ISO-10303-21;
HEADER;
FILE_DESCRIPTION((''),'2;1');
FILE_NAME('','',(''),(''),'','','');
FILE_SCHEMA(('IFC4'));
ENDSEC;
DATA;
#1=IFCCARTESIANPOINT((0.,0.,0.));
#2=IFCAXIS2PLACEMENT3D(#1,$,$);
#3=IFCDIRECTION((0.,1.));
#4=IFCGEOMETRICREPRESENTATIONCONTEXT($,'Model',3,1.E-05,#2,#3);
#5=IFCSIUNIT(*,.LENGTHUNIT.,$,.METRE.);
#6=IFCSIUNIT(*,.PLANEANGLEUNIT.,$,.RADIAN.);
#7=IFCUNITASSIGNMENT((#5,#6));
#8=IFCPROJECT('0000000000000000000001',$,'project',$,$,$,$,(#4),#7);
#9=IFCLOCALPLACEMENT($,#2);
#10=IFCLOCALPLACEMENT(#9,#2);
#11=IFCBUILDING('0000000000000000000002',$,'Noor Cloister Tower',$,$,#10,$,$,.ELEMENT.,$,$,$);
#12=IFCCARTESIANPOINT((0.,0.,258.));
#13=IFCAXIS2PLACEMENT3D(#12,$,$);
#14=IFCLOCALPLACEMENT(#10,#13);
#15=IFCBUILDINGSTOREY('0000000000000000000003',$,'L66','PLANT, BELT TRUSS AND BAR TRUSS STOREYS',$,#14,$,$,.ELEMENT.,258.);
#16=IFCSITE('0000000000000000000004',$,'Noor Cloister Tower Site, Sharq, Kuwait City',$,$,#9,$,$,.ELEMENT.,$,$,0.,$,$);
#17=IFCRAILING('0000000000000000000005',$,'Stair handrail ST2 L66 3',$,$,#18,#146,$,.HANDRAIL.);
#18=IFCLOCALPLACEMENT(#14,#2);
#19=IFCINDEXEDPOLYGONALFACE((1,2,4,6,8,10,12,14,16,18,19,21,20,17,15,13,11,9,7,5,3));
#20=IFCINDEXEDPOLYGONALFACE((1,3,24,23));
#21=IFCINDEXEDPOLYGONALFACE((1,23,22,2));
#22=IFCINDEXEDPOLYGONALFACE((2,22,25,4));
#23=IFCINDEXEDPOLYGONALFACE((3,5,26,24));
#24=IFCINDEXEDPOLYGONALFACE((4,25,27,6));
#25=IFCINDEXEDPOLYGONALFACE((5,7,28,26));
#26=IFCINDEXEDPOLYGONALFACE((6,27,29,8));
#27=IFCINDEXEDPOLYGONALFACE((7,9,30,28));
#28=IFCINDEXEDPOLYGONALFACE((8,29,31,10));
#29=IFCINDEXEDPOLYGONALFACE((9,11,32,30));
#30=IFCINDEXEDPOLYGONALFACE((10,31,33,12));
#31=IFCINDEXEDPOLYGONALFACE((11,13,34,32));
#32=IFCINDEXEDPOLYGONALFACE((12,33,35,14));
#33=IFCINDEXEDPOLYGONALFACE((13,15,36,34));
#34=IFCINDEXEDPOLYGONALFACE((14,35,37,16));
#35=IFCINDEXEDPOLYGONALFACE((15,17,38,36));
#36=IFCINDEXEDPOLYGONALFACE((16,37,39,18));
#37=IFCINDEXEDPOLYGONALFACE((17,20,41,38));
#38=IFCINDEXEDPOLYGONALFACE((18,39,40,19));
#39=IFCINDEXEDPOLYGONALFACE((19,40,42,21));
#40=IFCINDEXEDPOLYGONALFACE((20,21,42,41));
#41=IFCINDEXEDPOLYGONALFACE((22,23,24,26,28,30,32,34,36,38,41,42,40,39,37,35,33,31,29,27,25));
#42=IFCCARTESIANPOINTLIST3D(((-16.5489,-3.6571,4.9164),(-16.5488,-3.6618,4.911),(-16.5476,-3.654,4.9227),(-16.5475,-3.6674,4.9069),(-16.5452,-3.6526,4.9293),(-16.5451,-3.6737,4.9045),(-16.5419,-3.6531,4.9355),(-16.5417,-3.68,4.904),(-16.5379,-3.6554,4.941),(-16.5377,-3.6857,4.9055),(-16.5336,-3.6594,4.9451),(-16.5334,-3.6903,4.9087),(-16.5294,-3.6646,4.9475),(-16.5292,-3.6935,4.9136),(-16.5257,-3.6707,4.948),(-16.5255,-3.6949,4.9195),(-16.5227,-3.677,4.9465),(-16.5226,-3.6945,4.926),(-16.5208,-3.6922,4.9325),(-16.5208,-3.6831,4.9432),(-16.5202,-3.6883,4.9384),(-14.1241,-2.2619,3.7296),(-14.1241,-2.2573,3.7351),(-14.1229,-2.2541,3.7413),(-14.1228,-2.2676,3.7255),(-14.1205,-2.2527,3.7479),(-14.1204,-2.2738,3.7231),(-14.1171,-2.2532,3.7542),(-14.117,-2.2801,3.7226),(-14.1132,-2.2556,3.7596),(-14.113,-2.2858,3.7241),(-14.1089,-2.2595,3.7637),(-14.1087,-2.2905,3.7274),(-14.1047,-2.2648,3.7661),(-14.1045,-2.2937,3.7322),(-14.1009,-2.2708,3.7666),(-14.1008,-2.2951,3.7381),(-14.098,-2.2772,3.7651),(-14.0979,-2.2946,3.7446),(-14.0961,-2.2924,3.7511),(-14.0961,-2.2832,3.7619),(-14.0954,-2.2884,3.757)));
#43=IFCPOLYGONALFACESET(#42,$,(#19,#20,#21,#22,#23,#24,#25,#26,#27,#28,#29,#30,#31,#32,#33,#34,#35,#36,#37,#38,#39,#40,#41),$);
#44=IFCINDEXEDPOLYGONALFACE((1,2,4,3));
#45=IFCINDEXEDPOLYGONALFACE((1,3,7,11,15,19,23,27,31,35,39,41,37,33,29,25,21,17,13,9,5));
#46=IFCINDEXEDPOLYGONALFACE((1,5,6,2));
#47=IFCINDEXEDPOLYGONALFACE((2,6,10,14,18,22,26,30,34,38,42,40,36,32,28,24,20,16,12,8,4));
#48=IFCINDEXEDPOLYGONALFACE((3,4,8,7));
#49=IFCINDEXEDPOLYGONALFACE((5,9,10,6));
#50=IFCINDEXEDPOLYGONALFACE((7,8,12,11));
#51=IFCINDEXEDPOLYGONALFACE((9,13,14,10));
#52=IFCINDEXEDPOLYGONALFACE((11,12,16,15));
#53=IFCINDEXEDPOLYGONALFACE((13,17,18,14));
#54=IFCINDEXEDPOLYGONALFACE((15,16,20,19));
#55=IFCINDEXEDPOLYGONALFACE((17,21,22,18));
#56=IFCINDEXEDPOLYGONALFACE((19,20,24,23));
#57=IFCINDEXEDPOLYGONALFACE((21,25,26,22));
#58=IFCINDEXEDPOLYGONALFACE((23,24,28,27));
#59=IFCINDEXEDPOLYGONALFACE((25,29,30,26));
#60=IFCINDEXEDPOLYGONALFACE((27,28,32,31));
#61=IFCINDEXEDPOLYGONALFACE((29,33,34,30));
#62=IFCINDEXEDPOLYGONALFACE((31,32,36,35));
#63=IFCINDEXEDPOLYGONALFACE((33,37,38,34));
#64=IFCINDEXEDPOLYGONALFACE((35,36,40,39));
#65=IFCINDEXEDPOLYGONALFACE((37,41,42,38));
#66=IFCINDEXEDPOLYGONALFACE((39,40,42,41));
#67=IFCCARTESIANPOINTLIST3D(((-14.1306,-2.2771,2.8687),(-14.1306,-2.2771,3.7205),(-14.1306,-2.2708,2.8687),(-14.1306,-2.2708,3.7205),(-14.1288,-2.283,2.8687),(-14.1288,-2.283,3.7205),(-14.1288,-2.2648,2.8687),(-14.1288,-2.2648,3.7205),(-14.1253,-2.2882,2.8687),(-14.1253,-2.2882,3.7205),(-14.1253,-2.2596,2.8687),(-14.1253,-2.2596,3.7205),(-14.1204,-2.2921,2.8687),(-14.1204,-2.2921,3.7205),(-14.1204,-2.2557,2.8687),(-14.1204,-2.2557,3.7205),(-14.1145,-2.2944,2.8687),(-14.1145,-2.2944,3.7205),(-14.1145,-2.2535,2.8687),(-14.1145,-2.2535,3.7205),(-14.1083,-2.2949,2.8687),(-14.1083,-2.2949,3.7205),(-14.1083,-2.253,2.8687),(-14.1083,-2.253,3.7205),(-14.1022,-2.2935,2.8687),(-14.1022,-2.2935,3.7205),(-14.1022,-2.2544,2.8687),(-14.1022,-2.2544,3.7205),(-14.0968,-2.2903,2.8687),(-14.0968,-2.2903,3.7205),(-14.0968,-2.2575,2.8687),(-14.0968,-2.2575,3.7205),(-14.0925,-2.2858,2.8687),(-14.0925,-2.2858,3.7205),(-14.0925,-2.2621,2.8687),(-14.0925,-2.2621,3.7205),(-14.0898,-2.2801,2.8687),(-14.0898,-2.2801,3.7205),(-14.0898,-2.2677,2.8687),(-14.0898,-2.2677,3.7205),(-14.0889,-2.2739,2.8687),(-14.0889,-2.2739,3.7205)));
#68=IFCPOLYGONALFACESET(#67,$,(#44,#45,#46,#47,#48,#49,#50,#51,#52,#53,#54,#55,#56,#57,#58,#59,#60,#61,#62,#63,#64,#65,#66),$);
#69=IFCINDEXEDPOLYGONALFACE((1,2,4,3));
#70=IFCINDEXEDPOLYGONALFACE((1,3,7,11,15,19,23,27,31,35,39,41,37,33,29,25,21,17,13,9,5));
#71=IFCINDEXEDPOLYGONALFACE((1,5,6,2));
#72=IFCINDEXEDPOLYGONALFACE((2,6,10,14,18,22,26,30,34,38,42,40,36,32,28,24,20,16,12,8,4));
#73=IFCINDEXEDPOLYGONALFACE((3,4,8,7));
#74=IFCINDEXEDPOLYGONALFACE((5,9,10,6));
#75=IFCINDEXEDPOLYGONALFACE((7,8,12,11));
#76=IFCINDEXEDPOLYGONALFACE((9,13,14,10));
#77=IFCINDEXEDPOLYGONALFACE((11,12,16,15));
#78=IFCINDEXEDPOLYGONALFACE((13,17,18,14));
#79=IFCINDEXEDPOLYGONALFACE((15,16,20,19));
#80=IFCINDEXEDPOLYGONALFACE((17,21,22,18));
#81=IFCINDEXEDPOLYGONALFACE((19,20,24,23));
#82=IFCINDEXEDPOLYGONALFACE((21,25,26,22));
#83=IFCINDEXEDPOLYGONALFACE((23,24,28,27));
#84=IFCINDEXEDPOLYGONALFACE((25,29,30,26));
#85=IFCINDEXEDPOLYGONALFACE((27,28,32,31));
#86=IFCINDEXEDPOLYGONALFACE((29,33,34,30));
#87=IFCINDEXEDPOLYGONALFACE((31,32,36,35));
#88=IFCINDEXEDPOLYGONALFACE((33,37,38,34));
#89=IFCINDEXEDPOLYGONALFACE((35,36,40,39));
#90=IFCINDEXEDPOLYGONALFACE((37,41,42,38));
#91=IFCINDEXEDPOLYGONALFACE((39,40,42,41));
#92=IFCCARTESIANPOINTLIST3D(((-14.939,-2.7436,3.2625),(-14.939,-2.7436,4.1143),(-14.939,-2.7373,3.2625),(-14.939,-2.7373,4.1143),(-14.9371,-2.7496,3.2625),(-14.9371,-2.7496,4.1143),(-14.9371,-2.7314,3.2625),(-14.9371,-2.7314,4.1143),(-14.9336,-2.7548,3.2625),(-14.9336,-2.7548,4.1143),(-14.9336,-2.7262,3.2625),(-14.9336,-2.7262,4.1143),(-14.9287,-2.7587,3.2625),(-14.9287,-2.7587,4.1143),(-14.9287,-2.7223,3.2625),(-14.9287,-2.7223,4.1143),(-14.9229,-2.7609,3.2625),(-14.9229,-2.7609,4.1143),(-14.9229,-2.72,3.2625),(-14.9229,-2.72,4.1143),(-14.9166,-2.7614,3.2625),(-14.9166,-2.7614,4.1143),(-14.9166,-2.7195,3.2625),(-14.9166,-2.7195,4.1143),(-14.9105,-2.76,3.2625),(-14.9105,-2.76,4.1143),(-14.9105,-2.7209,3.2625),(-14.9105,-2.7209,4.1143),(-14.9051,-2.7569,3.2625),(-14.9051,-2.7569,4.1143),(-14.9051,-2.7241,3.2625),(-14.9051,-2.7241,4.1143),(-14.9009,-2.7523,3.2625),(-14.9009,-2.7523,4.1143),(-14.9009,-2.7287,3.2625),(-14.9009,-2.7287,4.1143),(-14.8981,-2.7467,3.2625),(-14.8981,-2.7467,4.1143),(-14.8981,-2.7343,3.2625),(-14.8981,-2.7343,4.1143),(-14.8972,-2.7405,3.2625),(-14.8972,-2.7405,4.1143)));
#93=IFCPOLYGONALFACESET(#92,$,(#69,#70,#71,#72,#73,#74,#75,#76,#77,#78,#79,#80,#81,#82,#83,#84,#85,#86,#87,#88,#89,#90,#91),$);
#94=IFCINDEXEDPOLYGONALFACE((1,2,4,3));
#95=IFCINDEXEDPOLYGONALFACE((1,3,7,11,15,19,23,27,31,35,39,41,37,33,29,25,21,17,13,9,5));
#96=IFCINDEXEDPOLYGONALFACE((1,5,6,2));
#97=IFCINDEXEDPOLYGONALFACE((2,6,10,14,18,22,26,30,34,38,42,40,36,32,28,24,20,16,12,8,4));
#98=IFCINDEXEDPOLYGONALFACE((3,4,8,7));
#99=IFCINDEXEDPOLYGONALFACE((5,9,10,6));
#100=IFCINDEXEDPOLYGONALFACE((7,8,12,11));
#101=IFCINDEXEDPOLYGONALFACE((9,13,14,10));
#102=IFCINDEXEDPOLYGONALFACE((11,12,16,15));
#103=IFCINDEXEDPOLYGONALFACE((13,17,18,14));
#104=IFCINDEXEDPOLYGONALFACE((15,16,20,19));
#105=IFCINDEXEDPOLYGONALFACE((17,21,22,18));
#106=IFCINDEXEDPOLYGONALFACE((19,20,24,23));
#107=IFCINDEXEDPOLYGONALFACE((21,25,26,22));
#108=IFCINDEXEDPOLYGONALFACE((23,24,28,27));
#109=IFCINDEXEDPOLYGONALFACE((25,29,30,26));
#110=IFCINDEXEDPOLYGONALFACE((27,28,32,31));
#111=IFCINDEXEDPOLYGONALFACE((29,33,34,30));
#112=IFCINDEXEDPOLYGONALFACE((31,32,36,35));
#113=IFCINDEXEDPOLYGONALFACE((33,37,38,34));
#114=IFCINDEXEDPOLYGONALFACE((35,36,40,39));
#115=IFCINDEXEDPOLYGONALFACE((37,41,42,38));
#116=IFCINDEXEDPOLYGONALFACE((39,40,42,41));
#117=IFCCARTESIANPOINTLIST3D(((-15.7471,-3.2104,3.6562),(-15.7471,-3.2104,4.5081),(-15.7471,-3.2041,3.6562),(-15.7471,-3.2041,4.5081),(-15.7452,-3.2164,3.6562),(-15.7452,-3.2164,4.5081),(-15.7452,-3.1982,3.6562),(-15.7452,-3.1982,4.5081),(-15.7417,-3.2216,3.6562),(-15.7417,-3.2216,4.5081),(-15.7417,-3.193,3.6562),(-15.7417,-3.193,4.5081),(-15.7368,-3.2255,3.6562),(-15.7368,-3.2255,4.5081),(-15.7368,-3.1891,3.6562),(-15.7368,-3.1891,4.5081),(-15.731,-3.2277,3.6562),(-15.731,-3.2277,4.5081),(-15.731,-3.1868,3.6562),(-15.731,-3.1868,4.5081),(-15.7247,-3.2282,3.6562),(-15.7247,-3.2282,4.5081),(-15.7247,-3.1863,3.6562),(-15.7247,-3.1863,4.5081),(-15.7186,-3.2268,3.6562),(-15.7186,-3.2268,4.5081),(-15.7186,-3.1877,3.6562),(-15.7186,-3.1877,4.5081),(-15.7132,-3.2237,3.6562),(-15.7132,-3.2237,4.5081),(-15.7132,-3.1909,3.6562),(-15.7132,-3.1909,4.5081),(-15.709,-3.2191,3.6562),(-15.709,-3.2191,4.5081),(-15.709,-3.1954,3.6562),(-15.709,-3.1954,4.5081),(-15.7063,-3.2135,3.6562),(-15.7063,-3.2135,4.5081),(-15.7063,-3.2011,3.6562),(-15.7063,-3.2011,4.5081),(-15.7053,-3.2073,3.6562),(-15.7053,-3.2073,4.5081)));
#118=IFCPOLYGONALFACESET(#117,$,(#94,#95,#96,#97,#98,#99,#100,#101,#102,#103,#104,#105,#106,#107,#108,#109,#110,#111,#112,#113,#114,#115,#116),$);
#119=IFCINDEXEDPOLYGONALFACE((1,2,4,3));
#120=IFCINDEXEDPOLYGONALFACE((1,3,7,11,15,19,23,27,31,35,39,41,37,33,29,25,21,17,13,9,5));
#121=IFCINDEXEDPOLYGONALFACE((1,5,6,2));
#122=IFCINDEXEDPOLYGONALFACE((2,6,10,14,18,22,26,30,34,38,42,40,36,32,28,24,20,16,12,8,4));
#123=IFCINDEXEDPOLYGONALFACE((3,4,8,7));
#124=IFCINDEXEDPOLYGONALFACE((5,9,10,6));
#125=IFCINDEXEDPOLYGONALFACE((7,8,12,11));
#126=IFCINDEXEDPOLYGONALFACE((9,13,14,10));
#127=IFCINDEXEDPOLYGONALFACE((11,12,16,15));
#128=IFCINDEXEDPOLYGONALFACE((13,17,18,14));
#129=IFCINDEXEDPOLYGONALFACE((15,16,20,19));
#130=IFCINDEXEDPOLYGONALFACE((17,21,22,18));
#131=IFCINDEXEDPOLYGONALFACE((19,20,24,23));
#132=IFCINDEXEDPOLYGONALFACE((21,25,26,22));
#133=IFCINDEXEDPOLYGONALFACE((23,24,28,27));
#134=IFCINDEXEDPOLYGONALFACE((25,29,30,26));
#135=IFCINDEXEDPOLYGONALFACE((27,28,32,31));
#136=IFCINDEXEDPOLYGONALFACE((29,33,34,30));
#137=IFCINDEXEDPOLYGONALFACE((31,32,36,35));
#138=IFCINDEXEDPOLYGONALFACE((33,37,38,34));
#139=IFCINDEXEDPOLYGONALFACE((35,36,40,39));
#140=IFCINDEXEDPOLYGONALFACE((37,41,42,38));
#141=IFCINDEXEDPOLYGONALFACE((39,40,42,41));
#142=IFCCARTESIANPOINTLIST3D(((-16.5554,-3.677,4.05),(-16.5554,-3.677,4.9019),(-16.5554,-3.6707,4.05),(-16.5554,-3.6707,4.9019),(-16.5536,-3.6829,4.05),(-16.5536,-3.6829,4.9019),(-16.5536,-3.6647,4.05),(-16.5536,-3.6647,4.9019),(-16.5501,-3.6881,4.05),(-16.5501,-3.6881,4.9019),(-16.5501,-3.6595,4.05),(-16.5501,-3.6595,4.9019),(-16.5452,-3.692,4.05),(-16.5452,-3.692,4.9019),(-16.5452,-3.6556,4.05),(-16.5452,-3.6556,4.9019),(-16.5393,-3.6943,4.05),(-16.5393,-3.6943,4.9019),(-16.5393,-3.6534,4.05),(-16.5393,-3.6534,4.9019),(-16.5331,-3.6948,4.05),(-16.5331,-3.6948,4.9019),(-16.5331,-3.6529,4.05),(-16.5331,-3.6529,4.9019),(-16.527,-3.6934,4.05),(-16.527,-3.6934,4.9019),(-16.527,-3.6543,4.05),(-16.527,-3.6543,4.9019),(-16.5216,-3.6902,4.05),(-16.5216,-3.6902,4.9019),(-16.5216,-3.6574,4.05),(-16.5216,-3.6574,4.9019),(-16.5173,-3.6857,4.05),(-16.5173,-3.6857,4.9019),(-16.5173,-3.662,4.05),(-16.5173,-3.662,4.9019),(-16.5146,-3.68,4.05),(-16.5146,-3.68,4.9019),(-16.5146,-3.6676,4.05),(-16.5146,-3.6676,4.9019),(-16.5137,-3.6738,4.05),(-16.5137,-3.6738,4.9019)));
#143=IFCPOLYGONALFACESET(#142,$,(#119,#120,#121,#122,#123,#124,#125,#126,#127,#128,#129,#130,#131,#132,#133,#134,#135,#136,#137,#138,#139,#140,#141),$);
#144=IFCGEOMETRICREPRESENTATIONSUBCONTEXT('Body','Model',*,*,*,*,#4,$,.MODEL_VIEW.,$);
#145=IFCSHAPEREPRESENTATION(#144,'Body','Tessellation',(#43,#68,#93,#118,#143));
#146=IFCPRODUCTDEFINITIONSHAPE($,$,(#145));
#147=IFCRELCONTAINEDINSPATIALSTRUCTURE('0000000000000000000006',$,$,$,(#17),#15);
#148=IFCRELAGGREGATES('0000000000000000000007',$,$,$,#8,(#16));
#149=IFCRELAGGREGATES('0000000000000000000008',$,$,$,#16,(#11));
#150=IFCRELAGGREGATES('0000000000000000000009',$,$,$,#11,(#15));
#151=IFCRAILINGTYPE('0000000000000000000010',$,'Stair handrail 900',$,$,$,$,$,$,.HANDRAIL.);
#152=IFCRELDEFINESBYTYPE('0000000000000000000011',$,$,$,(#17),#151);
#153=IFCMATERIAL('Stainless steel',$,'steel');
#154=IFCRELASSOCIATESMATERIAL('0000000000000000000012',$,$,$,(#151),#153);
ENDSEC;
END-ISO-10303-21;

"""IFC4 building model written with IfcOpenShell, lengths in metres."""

from ifc_helpers import new_model, si_unit, direction, frame, origin, origin_2d, place, context, subcontext, project, spatial, circle, extrude, material, type_object, element, save


model = new_model("IFC4")

# Units and contexts
model_context = context("Model", 3, precision=1e-05, world=origin(), true_north=direction((0.0, 1.0)))
body_context = subcontext(model_context, "Body", "Model", "MODEL_VIEW")
ifc_project = project(units=[si_unit("LENGTHUNIT", "METRE"), si_unit("PLANEANGLEUNIT", "RADIAN")], contexts=[model_context])

# Site, building, storey
site_placement = place(None, origin())
site = spatial("IfcSite", under=ifc_project, at=site_placement, Name="Noor Cloister Tower Site, Sharq, Kuwait City", CompositionType="ELEMENT", RefElevation=0.0)
building_placement = place(site_placement, origin())
building = spatial("IfcBuilding", under=site, at=building_placement, Name="Noor Cloister Tower", CompositionType="ELEMENT")
storey_placement = place(building_placement, frame((0.0, 0.0, 258.0)))
storey = spatial("IfcBuildingStorey", under=building, at=storey_placement, Name="L66", Description="PLANT, BELT TRUSS AND BAR TRUSS STOREYS", CompositionType="ELEMENT", Elevation=258.0)

# Railing
ifc_material_1 = material(Name="Stainless steel", Category="steel")
railing_type_1 = type_object("IfcRailingType", Name="Stair handrail 900", PredefinedType="HANDRAIL", material=ifc_material_1)
for number, where, name in (
    (1, (-14.1099, -2.2739, 2.8687), "Stair handrail ST2 L66 3"),
):
    element("IfcRailing", number, at=place(storey_placement, frame(where)), inside=storey, type_object=railing_type_1, Name=name, PredefinedType="HANDRAIL", context=body_context, shape_type="SweptSolid", body=[
        extrude(circle(Radius=0.0239, at=origin_2d()), frame((0.0, 0.0, 0.876), z_axis=(-0.797914, -0.460656, 0.388754), x_axis=(0.499984, -0.866035, 0.0)), (0.0, 0.0, 1.0), 3.0388),
        extrude(circle(Radius=0.021, at=origin_2d()), origin(), (0.0, 0.0, 1.0), 0.8518),
        extrude(circle(Radius=0.021, at=origin_2d()), frame((-0.8083, -0.4666, 0.3938)), (0.0, 0.0, 1.0), 0.8518),
        extrude(circle(Radius=0.021, at=origin_2d()), frame((-1.6165, -0.9333, 0.7876)), (0.0, 0.0, 1.0), 0.8518),
        extrude(circle(Radius=0.021, at=origin_2d()), frame((-2.4248, -1.3999, 1.1814)), (0.0, 0.0, 1.0), 0.8518),
    ])

save(model, "model.ifc")
